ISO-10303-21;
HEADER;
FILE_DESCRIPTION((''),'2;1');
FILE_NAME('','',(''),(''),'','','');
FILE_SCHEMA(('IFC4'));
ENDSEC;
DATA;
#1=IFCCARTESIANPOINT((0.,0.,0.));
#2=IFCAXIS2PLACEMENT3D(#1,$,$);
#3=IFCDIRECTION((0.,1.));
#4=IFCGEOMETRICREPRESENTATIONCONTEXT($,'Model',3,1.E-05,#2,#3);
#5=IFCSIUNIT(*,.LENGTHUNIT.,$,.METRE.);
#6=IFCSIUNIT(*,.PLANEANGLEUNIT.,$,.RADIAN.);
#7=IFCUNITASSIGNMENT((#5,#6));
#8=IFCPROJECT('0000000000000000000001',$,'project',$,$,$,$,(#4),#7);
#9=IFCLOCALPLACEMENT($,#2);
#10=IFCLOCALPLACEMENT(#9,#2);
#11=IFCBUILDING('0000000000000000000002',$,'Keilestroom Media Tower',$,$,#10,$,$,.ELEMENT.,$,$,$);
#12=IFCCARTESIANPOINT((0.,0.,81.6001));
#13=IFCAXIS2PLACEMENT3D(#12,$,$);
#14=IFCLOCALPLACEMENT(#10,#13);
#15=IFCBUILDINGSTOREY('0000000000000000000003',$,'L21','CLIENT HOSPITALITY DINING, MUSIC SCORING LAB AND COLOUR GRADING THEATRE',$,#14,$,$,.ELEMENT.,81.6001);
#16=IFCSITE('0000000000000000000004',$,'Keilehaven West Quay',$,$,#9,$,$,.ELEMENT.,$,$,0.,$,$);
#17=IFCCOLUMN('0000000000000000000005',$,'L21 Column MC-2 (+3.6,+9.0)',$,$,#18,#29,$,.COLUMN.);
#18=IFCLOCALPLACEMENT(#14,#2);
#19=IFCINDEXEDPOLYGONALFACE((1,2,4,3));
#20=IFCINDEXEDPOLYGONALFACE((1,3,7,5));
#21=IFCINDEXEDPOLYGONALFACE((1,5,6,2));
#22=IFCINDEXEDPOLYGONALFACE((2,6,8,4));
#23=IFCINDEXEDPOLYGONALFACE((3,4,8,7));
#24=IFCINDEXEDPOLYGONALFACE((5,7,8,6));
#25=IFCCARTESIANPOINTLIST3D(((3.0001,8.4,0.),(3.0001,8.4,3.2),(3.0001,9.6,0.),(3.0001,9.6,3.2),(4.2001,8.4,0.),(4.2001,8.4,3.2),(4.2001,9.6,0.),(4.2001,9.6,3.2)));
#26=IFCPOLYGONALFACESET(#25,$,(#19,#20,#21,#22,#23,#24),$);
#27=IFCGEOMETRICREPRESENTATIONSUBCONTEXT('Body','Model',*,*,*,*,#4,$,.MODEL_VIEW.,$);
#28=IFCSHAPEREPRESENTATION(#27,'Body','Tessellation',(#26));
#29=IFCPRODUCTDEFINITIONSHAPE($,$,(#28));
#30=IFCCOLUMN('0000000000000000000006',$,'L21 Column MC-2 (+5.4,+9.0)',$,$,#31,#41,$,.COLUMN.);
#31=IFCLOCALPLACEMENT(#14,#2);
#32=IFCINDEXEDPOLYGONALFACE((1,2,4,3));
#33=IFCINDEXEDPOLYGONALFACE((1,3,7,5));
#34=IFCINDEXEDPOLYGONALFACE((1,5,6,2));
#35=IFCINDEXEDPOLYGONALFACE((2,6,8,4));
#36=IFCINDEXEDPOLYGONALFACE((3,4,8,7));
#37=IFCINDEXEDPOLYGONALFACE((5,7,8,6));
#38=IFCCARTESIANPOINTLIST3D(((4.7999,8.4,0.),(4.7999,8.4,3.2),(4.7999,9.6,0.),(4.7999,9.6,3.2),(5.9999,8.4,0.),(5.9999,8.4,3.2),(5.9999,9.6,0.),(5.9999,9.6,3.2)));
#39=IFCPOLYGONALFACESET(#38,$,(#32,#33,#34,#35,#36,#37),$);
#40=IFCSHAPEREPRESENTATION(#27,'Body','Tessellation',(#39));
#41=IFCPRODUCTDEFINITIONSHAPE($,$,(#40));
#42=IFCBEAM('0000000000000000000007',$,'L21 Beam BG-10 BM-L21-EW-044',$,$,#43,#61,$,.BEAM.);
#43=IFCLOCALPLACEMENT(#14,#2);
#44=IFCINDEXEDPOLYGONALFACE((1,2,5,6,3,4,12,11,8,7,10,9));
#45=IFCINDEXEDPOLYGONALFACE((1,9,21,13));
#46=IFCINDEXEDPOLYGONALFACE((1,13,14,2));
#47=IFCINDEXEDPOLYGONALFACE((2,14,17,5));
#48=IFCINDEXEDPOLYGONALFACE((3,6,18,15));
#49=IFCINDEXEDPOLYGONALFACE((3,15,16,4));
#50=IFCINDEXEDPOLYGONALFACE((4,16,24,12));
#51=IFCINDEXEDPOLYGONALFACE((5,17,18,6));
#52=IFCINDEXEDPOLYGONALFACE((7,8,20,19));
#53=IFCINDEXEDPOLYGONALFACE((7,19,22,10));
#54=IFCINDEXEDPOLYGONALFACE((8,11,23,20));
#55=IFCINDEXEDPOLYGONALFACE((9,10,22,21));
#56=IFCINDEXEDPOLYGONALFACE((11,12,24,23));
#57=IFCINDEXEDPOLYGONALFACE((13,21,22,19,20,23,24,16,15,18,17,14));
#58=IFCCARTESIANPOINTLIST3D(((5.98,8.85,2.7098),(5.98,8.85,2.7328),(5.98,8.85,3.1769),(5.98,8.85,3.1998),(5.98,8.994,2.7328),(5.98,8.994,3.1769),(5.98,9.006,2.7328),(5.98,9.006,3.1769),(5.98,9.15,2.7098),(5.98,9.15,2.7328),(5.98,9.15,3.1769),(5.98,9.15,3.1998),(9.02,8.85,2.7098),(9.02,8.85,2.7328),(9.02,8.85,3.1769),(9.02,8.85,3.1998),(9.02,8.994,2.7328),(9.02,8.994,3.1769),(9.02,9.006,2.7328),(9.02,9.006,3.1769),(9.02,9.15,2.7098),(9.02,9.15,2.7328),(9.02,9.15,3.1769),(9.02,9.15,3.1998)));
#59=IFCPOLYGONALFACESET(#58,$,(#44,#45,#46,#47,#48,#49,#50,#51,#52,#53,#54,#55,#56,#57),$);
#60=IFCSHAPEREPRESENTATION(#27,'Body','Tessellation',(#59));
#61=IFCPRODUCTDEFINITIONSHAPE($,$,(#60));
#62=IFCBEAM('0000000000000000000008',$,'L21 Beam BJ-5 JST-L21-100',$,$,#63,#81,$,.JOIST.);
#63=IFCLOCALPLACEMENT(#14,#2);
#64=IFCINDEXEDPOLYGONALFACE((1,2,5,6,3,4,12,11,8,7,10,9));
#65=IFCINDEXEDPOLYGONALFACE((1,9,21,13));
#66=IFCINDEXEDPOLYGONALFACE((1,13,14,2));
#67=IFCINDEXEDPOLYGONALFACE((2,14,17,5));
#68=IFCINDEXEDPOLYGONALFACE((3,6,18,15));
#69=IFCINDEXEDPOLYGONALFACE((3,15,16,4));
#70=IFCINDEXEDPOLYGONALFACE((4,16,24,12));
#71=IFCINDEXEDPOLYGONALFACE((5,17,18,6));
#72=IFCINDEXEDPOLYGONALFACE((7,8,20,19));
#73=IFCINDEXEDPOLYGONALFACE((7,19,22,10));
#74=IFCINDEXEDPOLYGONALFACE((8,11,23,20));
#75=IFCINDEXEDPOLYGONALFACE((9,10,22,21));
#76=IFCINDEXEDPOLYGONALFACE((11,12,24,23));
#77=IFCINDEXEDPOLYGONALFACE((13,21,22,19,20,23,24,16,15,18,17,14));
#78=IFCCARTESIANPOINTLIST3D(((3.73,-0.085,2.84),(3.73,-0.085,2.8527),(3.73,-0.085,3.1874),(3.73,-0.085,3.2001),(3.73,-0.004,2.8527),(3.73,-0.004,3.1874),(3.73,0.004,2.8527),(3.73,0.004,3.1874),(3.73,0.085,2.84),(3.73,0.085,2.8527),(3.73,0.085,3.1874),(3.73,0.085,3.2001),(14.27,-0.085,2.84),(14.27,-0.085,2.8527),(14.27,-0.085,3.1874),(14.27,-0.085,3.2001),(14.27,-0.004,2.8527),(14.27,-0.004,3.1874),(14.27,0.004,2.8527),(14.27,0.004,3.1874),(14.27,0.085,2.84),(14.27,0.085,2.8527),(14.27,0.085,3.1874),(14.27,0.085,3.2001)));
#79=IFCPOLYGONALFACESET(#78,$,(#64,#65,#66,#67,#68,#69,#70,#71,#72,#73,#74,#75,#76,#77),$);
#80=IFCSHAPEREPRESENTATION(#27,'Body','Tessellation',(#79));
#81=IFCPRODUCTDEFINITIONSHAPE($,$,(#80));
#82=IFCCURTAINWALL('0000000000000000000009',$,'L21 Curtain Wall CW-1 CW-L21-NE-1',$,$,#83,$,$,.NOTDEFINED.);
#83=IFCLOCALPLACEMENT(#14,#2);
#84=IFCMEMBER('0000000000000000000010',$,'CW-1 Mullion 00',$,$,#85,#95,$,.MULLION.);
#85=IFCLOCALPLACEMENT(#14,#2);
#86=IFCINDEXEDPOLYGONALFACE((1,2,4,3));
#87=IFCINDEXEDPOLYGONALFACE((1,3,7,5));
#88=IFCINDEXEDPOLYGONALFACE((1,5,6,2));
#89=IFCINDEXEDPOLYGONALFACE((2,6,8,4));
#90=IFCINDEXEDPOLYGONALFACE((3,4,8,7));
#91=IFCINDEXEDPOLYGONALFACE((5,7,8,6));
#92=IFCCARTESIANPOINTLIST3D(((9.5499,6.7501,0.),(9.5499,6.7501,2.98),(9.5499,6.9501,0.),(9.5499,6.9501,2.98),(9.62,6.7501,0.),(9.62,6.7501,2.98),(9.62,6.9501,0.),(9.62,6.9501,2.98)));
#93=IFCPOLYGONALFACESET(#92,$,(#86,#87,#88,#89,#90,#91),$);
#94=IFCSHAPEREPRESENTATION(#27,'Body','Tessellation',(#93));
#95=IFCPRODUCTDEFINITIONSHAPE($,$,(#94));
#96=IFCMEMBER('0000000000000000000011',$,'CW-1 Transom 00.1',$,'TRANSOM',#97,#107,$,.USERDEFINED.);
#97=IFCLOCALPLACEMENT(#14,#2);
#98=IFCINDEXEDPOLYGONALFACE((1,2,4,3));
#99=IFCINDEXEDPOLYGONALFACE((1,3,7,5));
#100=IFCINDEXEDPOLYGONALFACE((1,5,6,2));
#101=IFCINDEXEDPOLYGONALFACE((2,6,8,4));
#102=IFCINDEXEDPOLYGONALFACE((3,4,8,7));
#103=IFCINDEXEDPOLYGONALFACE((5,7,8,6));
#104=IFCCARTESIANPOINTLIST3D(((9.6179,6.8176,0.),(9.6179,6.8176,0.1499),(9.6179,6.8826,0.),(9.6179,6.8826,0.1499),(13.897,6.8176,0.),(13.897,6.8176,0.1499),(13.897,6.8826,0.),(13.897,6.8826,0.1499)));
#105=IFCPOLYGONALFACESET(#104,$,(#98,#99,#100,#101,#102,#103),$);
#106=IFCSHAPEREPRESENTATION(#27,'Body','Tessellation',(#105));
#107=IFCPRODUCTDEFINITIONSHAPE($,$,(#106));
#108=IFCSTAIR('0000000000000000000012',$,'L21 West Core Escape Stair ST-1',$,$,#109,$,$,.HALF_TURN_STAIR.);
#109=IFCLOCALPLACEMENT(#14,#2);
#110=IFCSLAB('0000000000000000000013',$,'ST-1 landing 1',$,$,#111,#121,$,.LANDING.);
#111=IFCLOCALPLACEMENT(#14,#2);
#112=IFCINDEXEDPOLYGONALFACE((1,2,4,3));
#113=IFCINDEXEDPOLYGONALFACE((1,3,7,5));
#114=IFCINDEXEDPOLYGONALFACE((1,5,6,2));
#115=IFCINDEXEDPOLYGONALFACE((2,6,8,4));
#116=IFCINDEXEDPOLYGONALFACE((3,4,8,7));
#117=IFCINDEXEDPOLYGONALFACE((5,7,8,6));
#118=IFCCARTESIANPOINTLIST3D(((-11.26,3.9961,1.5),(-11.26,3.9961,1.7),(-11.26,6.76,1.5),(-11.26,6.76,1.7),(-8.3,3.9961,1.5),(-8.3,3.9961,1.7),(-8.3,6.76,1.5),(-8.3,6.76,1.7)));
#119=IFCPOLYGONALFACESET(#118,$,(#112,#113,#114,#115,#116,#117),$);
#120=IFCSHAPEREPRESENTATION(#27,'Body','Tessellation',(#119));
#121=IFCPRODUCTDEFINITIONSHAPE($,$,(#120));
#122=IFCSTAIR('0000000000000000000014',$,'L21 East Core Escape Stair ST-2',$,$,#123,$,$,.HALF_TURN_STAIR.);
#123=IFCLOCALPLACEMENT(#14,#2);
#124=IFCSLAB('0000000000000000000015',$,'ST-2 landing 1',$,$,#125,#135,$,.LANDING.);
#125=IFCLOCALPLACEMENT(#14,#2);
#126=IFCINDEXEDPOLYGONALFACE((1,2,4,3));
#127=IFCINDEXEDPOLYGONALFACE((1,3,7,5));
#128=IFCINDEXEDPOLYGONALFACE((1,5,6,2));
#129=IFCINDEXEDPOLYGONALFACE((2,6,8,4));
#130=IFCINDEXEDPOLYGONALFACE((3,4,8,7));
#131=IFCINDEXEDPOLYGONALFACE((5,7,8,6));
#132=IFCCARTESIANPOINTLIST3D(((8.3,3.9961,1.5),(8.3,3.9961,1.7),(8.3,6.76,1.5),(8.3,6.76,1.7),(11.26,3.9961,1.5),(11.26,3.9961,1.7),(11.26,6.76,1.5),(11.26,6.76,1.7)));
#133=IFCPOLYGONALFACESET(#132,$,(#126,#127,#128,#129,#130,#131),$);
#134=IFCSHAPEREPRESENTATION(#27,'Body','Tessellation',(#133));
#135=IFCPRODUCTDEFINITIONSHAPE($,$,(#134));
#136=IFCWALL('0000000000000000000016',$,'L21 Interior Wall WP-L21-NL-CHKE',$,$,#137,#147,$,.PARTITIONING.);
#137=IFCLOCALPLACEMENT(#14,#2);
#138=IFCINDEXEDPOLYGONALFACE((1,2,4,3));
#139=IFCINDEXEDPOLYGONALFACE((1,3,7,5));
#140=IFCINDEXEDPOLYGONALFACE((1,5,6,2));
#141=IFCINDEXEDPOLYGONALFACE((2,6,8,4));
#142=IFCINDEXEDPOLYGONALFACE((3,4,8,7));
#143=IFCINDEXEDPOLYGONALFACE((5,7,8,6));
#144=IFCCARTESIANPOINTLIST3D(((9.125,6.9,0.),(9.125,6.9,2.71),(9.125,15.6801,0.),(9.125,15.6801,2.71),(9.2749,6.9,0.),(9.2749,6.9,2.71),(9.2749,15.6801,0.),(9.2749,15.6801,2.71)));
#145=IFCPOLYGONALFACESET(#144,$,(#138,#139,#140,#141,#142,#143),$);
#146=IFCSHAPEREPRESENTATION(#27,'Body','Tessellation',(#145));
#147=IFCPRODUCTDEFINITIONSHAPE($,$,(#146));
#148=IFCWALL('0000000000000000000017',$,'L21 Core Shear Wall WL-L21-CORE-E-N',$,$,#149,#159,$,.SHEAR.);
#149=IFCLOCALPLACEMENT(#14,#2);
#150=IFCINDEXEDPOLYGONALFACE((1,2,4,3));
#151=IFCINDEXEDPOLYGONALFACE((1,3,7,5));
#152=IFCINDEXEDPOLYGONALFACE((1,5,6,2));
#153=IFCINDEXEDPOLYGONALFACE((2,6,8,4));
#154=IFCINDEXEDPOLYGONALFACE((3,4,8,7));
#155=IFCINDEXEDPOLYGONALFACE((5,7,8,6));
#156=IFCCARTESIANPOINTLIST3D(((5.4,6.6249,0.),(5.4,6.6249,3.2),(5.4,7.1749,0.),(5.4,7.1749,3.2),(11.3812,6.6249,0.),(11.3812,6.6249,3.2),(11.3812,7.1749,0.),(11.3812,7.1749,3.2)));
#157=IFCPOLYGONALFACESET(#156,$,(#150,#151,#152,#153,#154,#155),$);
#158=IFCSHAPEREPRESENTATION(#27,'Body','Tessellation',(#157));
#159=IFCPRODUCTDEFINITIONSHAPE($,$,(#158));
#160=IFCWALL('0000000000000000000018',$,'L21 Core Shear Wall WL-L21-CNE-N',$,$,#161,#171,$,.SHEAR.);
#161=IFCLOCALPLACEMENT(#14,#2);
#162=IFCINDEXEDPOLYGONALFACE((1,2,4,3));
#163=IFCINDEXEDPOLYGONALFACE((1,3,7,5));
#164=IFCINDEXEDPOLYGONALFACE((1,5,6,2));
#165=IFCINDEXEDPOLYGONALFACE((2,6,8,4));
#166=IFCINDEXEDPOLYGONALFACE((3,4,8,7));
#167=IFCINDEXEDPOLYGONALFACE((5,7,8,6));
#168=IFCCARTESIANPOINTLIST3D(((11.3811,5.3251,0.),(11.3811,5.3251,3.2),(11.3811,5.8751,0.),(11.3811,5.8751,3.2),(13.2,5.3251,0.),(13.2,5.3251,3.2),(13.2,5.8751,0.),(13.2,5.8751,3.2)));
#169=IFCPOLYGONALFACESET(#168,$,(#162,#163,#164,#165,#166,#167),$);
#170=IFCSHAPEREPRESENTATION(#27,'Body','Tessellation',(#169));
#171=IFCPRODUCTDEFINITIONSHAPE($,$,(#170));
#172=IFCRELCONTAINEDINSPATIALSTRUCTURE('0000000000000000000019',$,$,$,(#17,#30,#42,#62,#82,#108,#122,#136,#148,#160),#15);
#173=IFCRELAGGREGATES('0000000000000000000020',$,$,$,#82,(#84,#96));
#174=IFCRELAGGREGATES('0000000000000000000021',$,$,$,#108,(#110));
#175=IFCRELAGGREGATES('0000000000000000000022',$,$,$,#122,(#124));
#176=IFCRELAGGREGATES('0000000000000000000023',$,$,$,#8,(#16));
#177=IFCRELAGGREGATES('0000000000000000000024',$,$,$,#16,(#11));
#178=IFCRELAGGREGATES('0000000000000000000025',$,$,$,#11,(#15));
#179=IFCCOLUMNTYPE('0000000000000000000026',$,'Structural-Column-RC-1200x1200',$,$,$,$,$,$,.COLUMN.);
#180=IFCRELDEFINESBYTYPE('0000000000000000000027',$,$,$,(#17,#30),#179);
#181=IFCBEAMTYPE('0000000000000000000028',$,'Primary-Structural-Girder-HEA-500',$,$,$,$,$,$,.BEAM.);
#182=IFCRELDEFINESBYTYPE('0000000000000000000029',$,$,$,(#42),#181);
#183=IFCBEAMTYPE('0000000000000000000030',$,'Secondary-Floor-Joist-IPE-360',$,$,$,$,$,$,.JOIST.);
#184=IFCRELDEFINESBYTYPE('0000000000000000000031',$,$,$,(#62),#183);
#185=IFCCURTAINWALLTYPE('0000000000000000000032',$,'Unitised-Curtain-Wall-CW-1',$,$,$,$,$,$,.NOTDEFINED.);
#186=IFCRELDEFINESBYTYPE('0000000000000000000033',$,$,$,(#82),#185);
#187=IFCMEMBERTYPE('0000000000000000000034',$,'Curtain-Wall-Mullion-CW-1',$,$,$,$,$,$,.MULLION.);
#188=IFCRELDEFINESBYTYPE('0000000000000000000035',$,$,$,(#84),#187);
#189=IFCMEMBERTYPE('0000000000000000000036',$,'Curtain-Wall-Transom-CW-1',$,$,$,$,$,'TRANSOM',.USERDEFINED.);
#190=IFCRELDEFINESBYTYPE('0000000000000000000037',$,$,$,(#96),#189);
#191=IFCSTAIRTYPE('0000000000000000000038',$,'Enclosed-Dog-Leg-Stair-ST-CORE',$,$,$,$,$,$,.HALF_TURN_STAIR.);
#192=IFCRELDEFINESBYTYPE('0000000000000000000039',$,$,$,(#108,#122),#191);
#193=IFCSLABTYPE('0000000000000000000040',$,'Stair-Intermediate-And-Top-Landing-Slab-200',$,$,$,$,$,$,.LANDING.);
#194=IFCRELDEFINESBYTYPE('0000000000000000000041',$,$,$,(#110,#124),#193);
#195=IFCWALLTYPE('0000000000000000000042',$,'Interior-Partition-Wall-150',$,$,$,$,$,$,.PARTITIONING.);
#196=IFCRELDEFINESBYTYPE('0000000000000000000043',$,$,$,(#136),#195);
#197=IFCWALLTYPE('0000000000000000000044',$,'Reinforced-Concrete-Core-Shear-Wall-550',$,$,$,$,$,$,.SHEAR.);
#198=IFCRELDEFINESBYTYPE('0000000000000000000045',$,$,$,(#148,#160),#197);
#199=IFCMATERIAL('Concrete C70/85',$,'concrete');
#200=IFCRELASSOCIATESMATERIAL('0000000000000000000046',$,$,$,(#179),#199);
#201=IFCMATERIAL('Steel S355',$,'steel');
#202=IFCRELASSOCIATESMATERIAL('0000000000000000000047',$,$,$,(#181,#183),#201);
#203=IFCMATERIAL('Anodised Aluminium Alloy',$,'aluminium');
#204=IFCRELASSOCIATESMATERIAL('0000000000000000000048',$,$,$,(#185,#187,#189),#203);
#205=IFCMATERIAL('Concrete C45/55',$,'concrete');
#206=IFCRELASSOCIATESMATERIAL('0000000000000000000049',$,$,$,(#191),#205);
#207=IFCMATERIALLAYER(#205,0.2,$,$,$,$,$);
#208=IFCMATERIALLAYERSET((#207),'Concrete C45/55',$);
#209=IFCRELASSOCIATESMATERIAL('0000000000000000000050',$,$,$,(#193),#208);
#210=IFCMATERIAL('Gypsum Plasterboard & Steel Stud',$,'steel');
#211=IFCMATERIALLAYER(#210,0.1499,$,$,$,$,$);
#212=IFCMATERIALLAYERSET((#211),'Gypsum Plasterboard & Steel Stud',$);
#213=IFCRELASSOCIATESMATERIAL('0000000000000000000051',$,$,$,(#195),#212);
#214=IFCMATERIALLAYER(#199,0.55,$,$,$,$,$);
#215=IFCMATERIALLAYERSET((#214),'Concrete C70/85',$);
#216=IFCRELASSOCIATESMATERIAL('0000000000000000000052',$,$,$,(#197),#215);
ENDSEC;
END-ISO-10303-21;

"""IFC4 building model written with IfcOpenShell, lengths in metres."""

from ifc_helpers import new_model, si_unit, direction, frame, frame_2d, origin, origin_2d, place, context, subcontext, project, spatial, polyline, rectangle, i_section, outline, extrude, source, transform, mapped, material, layer, layer_set, material_profile, profile_set, type_object, element, aggregate, save


model = new_model("IFC4")

# Units and contexts
model_context = context("Model", 3, precision=1e-05, world=origin(), true_north=direction((0.0, 1.0)))
body_context = subcontext(model_context, "Body", "Model", "MODEL_VIEW")
ifc_project = project(units=[si_unit("LENGTHUNIT", "METRE"), si_unit("PLANEANGLEUNIT", "RADIAN")], contexts=[model_context])

# Site, building, storey
site_placement = place(None, origin())
site = spatial("IfcSite", under=ifc_project, at=site_placement, Name="Keilehaven West Quay", CompositionType="ELEMENT", RefElevation=0.0)
building_placement = place(site_placement, origin())
building = spatial("IfcBuilding", under=site, at=building_placement, Name="Keilestroom Media Tower", CompositionType="ELEMENT")
storey_placement = place(building_placement, frame((0.0, 0.0, 81.6001)))
storey = spatial("IfcBuildingStorey", under=building, at=storey_placement, Name="L21", Description="CLIENT HOSPITALITY DINING, MUSIC SCORING LAB AND COLOUR GRADING THEATRE", CompositionType="ELEMENT", Elevation=81.6001)

# Columns
ifc_material_1 = material(Name="Concrete C70/85", Category="concrete")
ifc_material_profile_1 = material_profile(ifc_material_1, rectangle(XDim=1.2, YDim=1.2, at=origin_2d()), Name="RC 1200x1200")
ifc_profile_set_1 = profile_set([ifc_material_profile_1], Name="Concrete C70/85")
column_type = type_object("IfcColumnType", Name="Structural-Column-RC-1200x1200", PredefinedType="COLUMN", material=ifc_profile_set_1)
shared_shape_1 = source(origin(), body_context, "Body", "SweptSolid", [
    extrude(rectangle(XDim=1.2, YDim=1.2, at=origin_2d()), origin(), (0.0, 0.0, 1.0), 3.2),
])
for number, where, z_axis, x_axis, name in (
    (1, (3.6001, 9.0, 0.0), (0.0, 0.0, 1.0), (1.0, 0.0, 0.0), "L21 Column MC-2 (+3.6,+9.0)"),
    (2, (5.3999, 9.0, 0.0), (0.0, 0.0, 1.0), (1.0, 0.0, 0.0), "L21 Column MC-2 (+5.4,+9.0)"),
):
    element("IfcColumn", number, at=place(storey_placement, frame(where, z_axis=z_axis, x_axis=x_axis)), inside=storey, type_object=column_type, Name=name, PredefinedType="COLUMN", context=body_context, shape_type="MappedRepresentation", body=[
        mapped(shared_shape_1, transform((0.0, 0.0, 0.0), x_axis=(1.0, 0.0, 0.0), y_axis=(0.0, 1.0, 0.0), z_axis=(0.0, 0.0, 1.0), scale=1.0)),
    ])

# Beams
ifc_material_2 = material(Name="Steel S355", Category="steel")
ifc_material_profile_2 = material_profile(ifc_material_2, i_section(OverallWidth=0.3, OverallDepth=0.49, WebThickness=0.012, FlangeThickness=0.0229, at=origin_2d()), Name="HEA 500")
ifc_profile_set_2 = profile_set([ifc_material_profile_2], Name="Steel S355")
beam_type_1 = type_object("IfcBeamType", Name="Primary-Structural-Girder-HEA-500", PredefinedType="BEAM", material=ifc_profile_set_2)
shared_shape_2 = source(origin(), body_context, "Body", "SweptSolid", [
    extrude(i_section(OverallWidth=0.3, OverallDepth=0.49, WebThickness=0.012, FlangeThickness=0.0229, at=origin_2d()), origin(), (0.0, 0.0, 1.0), 3.04),
])
beam_1_placement = place(storey_placement, frame((5.98, 9.0, 2.9548), z_axis=(1.0, 0.0, 0.0), x_axis=(0.0, 1.0, 0.0)))
element("IfcBeam", 3, at=beam_1_placement, inside=storey, type_object=beam_type_1, Name="L21 Beam BG-10 BM-L21-EW-044", PredefinedType="BEAM", context=body_context, shape_type="MappedRepresentation", body=[
    mapped(shared_shape_2, transform((0.0, 0.0, 0.0), x_axis=(1.0, 0.0, 0.0), y_axis=(0.0, 1.0, 0.0), z_axis=(0.0, 0.0, 1.0), scale=1.0)),
])
ifc_material_profile_3 = material_profile(ifc_material_2, i_section(OverallWidth=0.1699, OverallDepth=0.3601, WebThickness=0.0081, FlangeThickness=0.0127, at=origin_2d()), Name="IPE 360")
ifc_profile_set_3 = profile_set([ifc_material_profile_3], Name="Steel S355")
beam_type_2 = type_object("IfcBeamType", Name="Secondary-Floor-Joist-IPE-360", PredefinedType="JOIST", material=ifc_profile_set_3)
shared_shape_3 = source(origin(), body_context, "Body", "SweptSolid", [
    extrude(i_section(OverallWidth=0.1699, OverallDepth=0.3601, WebThickness=0.0081, FlangeThickness=0.0127, at=origin_2d()), origin(), (0.0, 0.0, 1.0), 10.54),
])
beam_2_placement = place(storey_placement, frame((3.73, 0.0, 3.02), z_axis=(1.0, 0.0, 0.0), x_axis=(0.0, 1.0, 0.0)))
element("IfcBeam", 4, at=beam_2_placement, inside=storey, type_object=beam_type_2, Name="L21 Beam BJ-5 JST-L21-100", PredefinedType="JOIST", context=body_context, shape_type="MappedRepresentation", body=[
    mapped(shared_shape_3, transform((0.0, 0.0, 0.0), x_axis=(1.0, 0.0, 0.0), y_axis=(0.0, 1.0, 0.0), z_axis=(0.0, 0.0, 1.0), scale=1.0)),
])

# Curtain wall, members
ifc_material_3 = material(Name="Anodised Aluminium Alloy", Category="aluminium")
curtain_wall_type = type_object("IfcCurtainWallType", Name="Unitised-Curtain-Wall-CW-1", PredefinedType="NOTDEFINED", material=ifc_material_3)
curtain_wall_placement = place(storey_placement, origin())
curtain_wall = element("IfcCurtainWall", 5, at=curtain_wall_placement, inside=storey, type_object=curtain_wall_type, Name="L21 Curtain Wall CW-1 CW-L21-NE-1", PredefinedType="NOTDEFINED")
ifc_material_profile_4 = material_profile(ifc_material_3, rectangle(XDim=0.0701, YDim=0.2, at=origin_2d()), Name="ALU MULLION 70x200")
ifc_profile_set_4 = profile_set([ifc_material_profile_4], Name="Anodised Aluminium Alloy")
member_type_1 = type_object("IfcMemberType", Name="Curtain-Wall-Mullion-CW-1", PredefinedType="MULLION", material=ifc_profile_set_4)
shared_shape_4 = source(origin(), body_context, "Body", "SweptSolid", [
    extrude(rectangle(XDim=0.0701, YDim=0.2, at=origin_2d()), origin(), (0.0, 0.0, 1.0), 2.98),
])
member_1_placement = place(storey_placement, frame((9.585, 6.8501, 0.0), z_axis=(0.0, 0.0, 1.0), x_axis=(1.0, 0.0, 0.0)))
member_1 = element("IfcMember", 6, at=member_1_placement, type_object=member_type_1, Name="CW-1 Mullion 00", PredefinedType="MULLION", context=body_context, shape_type="MappedRepresentation", body=[
    mapped(shared_shape_4, transform((0.0, 0.0, 0.0), x_axis=(1.0, 0.0, 0.0), y_axis=(0.0, 1.0, 0.0), z_axis=(0.0, 0.0, 1.0), scale=1.0)),
])
ifc_material_profile_5 = material_profile(ifc_material_3, rectangle(XDim=0.0649, YDim=0.1499, at=origin_2d()), Name="ALU TRANSOM 65x150")
ifc_profile_set_5 = profile_set([ifc_material_profile_5], Name="Anodised Aluminium Alloy")
member_type_2 = type_object("IfcMemberType", Name="Curtain-Wall-Transom-CW-1", ElementType="TRANSOM", PredefinedType="USERDEFINED", material=ifc_profile_set_5)
shared_shape_5 = source(origin(), body_context, "Body", "SweptSolid", [
    extrude(rectangle(XDim=0.0649, YDim=0.1499, at=origin_2d()), origin(), (0.0, 0.0, 1.0), 4.2791),
])
member_2_placement = place(storey_placement, frame((9.6179, 6.8501, 0.075), z_axis=(1.0, 0.0, 0.0), x_axis=(0.0, 1.0, 0.0)))
member_2 = element("IfcMember", 7, at=member_2_placement, type_object=member_type_2, Name="CW-1 Transom 00.1", ObjectType="TRANSOM", PredefinedType="USERDEFINED", context=body_context, shape_type="MappedRepresentation", body=[
    mapped(shared_shape_5, transform((0.0, 0.0, 0.0), x_axis=(1.0, 0.0, 0.0), y_axis=(0.0, 1.0, 0.0), z_axis=(0.0, 0.0, 1.0), scale=1.0)),
])
aggregate(curtain_wall, [member_1, member_2])

# Stairs, slabs
ifc_material_4 = material(Name="Concrete C45/55", Category="concrete")
stair_type = type_object("IfcStairType", Name="Enclosed-Dog-Leg-Stair-ST-CORE", PredefinedType="HALF_TURN_STAIR", material=ifc_material_4)
stair_1_placement = place(storey_placement, origin())
stair_1 = element("IfcStair", 8, at=stair_1_placement, inside=storey, type_object=stair_type, Name="L21 West Core Escape Stair ST-1", PredefinedType="HALF_TURN_STAIR")
ifc_layer_1 = layer(ifc_material_4, 0.2)
ifc_layer_set_1 = layer_set([ifc_layer_1], Name="Concrete C45/55")
slab_type = type_object("IfcSlabType", Name="Stair-Intermediate-And-Top-Landing-Slab-200", PredefinedType="LANDING", material=ifc_layer_set_1)
slab_1_placement = place(storey_placement, frame((0.0, 0.0, 1.5)))
slab_1 = element("IfcSlab", 9, at=slab_1_placement, type_object=slab_type, Name="ST-1 landing 1", PredefinedType="LANDING", context=body_context, shape_type="SweptSolid", body=[
    extrude(outline(polyline([(-8.3, 3.9961), (-8.3, 6.76), (-11.26, 6.76), (-11.26, 3.9961), (-8.3, 3.9961)])), origin(), (0.0, 0.0, 1.0), 0.2),
])
aggregate(stair_1, [slab_1])
stair_2_placement = place(storey_placement, origin())
stair_2 = element("IfcStair", 10, at=stair_2_placement, inside=storey, type_object=stair_type, Name="L21 East Core Escape Stair ST-2", PredefinedType="HALF_TURN_STAIR")
slab_2_placement = place(storey_placement, frame((0.0, 0.0, 1.5)))
slab_2 = element("IfcSlab", 11, at=slab_2_placement, type_object=slab_type, Name="ST-2 landing 1", PredefinedType="LANDING", context=body_context, shape_type="SweptSolid", body=[
    extrude(outline(polyline([(11.26, 3.9961), (11.26, 6.76), (8.3, 6.76), (8.3, 3.9961), (11.26, 3.9961)])), origin(), (0.0, 0.0, 1.0), 0.2),
])

# Walls
ifc_material_5 = material(Name="Gypsum Plasterboard & Steel Stud", Category="steel")
ifc_layer_2 = layer(ifc_material_5, 0.1499)
ifc_layer_set_2 = layer_set([ifc_layer_2], Name="Gypsum Plasterboard & Steel Stud")
wall_type_1 = type_object("IfcWallType", Name="Interior-Partition-Wall-150", PredefinedType="PARTITIONING", material=ifc_layer_set_2)
wall_1_placement = place(storey_placement, frame((9.2, 6.8999, 0.0), z_axis=(0.0, 0.0, 1.0), x_axis=(0.0, 1.0, 0.0)))
element("IfcWall", 12, at=wall_1_placement, inside=storey, type_object=wall_type_1, Name="L21 Interior Wall WP-L21-NL-CHKE", PredefinedType="PARTITIONING", context=body_context, shape_type="SweptSolid", body=[
    extrude(rectangle(XDim=8.78, YDim=0.1499, at=frame_2d((4.3901, 0.0))), origin(), (0.0, 0.0, 1.0), 2.71),
])
ifc_layer_3 = layer(ifc_material_1, 0.55)
ifc_layer_set_3 = layer_set([ifc_layer_3], Name="Concrete C70/85")
wall_type_2 = type_object("IfcWallType", Name="Reinforced-Concrete-Core-Shear-Wall-550", PredefinedType="SHEAR", material=ifc_layer_set_3)
wall_2_placement = place(storey_placement, frame((5.3999, 6.8999, 0.0), z_axis=(0.0, 0.0, 1.0), x_axis=(1.0, 0.0, 0.0)))
element("IfcWall", 13, at=wall_2_placement, inside=storey, type_object=wall_type_2, Name="L21 Core Shear Wall WL-L21-CORE-E-N", PredefinedType="SHEAR", context=body_context, shape_type="SweptSolid", body=[
    extrude(rectangle(XDim=5.9812, YDim=0.55, at=frame_2d((2.9907, 0.0))), origin(), (0.0, 0.0, 1.0), 3.2),
])
wall_3_placement = place(storey_placement, frame((11.3811, 5.6001, 0.0), z_axis=(0.0, 0.0, 1.0), x_axis=(1.0, 0.0, 0.0)))
element("IfcWall", 14, at=wall_3_placement, inside=storey, type_object=wall_type_2, Name="L21 Core Shear Wall WL-L21-CNE-N", PredefinedType="SHEAR", context=body_context, shape_type="SweptSolid", body=[
    extrude(rectangle(XDim=1.8188, YDim=0.55, at=frame_2d((0.9094, 0.0))), origin(), (0.0, 0.0, 1.0), 3.2),
])

aggregate(stair_2, [slab_2])

save(model, "model.ifc")
